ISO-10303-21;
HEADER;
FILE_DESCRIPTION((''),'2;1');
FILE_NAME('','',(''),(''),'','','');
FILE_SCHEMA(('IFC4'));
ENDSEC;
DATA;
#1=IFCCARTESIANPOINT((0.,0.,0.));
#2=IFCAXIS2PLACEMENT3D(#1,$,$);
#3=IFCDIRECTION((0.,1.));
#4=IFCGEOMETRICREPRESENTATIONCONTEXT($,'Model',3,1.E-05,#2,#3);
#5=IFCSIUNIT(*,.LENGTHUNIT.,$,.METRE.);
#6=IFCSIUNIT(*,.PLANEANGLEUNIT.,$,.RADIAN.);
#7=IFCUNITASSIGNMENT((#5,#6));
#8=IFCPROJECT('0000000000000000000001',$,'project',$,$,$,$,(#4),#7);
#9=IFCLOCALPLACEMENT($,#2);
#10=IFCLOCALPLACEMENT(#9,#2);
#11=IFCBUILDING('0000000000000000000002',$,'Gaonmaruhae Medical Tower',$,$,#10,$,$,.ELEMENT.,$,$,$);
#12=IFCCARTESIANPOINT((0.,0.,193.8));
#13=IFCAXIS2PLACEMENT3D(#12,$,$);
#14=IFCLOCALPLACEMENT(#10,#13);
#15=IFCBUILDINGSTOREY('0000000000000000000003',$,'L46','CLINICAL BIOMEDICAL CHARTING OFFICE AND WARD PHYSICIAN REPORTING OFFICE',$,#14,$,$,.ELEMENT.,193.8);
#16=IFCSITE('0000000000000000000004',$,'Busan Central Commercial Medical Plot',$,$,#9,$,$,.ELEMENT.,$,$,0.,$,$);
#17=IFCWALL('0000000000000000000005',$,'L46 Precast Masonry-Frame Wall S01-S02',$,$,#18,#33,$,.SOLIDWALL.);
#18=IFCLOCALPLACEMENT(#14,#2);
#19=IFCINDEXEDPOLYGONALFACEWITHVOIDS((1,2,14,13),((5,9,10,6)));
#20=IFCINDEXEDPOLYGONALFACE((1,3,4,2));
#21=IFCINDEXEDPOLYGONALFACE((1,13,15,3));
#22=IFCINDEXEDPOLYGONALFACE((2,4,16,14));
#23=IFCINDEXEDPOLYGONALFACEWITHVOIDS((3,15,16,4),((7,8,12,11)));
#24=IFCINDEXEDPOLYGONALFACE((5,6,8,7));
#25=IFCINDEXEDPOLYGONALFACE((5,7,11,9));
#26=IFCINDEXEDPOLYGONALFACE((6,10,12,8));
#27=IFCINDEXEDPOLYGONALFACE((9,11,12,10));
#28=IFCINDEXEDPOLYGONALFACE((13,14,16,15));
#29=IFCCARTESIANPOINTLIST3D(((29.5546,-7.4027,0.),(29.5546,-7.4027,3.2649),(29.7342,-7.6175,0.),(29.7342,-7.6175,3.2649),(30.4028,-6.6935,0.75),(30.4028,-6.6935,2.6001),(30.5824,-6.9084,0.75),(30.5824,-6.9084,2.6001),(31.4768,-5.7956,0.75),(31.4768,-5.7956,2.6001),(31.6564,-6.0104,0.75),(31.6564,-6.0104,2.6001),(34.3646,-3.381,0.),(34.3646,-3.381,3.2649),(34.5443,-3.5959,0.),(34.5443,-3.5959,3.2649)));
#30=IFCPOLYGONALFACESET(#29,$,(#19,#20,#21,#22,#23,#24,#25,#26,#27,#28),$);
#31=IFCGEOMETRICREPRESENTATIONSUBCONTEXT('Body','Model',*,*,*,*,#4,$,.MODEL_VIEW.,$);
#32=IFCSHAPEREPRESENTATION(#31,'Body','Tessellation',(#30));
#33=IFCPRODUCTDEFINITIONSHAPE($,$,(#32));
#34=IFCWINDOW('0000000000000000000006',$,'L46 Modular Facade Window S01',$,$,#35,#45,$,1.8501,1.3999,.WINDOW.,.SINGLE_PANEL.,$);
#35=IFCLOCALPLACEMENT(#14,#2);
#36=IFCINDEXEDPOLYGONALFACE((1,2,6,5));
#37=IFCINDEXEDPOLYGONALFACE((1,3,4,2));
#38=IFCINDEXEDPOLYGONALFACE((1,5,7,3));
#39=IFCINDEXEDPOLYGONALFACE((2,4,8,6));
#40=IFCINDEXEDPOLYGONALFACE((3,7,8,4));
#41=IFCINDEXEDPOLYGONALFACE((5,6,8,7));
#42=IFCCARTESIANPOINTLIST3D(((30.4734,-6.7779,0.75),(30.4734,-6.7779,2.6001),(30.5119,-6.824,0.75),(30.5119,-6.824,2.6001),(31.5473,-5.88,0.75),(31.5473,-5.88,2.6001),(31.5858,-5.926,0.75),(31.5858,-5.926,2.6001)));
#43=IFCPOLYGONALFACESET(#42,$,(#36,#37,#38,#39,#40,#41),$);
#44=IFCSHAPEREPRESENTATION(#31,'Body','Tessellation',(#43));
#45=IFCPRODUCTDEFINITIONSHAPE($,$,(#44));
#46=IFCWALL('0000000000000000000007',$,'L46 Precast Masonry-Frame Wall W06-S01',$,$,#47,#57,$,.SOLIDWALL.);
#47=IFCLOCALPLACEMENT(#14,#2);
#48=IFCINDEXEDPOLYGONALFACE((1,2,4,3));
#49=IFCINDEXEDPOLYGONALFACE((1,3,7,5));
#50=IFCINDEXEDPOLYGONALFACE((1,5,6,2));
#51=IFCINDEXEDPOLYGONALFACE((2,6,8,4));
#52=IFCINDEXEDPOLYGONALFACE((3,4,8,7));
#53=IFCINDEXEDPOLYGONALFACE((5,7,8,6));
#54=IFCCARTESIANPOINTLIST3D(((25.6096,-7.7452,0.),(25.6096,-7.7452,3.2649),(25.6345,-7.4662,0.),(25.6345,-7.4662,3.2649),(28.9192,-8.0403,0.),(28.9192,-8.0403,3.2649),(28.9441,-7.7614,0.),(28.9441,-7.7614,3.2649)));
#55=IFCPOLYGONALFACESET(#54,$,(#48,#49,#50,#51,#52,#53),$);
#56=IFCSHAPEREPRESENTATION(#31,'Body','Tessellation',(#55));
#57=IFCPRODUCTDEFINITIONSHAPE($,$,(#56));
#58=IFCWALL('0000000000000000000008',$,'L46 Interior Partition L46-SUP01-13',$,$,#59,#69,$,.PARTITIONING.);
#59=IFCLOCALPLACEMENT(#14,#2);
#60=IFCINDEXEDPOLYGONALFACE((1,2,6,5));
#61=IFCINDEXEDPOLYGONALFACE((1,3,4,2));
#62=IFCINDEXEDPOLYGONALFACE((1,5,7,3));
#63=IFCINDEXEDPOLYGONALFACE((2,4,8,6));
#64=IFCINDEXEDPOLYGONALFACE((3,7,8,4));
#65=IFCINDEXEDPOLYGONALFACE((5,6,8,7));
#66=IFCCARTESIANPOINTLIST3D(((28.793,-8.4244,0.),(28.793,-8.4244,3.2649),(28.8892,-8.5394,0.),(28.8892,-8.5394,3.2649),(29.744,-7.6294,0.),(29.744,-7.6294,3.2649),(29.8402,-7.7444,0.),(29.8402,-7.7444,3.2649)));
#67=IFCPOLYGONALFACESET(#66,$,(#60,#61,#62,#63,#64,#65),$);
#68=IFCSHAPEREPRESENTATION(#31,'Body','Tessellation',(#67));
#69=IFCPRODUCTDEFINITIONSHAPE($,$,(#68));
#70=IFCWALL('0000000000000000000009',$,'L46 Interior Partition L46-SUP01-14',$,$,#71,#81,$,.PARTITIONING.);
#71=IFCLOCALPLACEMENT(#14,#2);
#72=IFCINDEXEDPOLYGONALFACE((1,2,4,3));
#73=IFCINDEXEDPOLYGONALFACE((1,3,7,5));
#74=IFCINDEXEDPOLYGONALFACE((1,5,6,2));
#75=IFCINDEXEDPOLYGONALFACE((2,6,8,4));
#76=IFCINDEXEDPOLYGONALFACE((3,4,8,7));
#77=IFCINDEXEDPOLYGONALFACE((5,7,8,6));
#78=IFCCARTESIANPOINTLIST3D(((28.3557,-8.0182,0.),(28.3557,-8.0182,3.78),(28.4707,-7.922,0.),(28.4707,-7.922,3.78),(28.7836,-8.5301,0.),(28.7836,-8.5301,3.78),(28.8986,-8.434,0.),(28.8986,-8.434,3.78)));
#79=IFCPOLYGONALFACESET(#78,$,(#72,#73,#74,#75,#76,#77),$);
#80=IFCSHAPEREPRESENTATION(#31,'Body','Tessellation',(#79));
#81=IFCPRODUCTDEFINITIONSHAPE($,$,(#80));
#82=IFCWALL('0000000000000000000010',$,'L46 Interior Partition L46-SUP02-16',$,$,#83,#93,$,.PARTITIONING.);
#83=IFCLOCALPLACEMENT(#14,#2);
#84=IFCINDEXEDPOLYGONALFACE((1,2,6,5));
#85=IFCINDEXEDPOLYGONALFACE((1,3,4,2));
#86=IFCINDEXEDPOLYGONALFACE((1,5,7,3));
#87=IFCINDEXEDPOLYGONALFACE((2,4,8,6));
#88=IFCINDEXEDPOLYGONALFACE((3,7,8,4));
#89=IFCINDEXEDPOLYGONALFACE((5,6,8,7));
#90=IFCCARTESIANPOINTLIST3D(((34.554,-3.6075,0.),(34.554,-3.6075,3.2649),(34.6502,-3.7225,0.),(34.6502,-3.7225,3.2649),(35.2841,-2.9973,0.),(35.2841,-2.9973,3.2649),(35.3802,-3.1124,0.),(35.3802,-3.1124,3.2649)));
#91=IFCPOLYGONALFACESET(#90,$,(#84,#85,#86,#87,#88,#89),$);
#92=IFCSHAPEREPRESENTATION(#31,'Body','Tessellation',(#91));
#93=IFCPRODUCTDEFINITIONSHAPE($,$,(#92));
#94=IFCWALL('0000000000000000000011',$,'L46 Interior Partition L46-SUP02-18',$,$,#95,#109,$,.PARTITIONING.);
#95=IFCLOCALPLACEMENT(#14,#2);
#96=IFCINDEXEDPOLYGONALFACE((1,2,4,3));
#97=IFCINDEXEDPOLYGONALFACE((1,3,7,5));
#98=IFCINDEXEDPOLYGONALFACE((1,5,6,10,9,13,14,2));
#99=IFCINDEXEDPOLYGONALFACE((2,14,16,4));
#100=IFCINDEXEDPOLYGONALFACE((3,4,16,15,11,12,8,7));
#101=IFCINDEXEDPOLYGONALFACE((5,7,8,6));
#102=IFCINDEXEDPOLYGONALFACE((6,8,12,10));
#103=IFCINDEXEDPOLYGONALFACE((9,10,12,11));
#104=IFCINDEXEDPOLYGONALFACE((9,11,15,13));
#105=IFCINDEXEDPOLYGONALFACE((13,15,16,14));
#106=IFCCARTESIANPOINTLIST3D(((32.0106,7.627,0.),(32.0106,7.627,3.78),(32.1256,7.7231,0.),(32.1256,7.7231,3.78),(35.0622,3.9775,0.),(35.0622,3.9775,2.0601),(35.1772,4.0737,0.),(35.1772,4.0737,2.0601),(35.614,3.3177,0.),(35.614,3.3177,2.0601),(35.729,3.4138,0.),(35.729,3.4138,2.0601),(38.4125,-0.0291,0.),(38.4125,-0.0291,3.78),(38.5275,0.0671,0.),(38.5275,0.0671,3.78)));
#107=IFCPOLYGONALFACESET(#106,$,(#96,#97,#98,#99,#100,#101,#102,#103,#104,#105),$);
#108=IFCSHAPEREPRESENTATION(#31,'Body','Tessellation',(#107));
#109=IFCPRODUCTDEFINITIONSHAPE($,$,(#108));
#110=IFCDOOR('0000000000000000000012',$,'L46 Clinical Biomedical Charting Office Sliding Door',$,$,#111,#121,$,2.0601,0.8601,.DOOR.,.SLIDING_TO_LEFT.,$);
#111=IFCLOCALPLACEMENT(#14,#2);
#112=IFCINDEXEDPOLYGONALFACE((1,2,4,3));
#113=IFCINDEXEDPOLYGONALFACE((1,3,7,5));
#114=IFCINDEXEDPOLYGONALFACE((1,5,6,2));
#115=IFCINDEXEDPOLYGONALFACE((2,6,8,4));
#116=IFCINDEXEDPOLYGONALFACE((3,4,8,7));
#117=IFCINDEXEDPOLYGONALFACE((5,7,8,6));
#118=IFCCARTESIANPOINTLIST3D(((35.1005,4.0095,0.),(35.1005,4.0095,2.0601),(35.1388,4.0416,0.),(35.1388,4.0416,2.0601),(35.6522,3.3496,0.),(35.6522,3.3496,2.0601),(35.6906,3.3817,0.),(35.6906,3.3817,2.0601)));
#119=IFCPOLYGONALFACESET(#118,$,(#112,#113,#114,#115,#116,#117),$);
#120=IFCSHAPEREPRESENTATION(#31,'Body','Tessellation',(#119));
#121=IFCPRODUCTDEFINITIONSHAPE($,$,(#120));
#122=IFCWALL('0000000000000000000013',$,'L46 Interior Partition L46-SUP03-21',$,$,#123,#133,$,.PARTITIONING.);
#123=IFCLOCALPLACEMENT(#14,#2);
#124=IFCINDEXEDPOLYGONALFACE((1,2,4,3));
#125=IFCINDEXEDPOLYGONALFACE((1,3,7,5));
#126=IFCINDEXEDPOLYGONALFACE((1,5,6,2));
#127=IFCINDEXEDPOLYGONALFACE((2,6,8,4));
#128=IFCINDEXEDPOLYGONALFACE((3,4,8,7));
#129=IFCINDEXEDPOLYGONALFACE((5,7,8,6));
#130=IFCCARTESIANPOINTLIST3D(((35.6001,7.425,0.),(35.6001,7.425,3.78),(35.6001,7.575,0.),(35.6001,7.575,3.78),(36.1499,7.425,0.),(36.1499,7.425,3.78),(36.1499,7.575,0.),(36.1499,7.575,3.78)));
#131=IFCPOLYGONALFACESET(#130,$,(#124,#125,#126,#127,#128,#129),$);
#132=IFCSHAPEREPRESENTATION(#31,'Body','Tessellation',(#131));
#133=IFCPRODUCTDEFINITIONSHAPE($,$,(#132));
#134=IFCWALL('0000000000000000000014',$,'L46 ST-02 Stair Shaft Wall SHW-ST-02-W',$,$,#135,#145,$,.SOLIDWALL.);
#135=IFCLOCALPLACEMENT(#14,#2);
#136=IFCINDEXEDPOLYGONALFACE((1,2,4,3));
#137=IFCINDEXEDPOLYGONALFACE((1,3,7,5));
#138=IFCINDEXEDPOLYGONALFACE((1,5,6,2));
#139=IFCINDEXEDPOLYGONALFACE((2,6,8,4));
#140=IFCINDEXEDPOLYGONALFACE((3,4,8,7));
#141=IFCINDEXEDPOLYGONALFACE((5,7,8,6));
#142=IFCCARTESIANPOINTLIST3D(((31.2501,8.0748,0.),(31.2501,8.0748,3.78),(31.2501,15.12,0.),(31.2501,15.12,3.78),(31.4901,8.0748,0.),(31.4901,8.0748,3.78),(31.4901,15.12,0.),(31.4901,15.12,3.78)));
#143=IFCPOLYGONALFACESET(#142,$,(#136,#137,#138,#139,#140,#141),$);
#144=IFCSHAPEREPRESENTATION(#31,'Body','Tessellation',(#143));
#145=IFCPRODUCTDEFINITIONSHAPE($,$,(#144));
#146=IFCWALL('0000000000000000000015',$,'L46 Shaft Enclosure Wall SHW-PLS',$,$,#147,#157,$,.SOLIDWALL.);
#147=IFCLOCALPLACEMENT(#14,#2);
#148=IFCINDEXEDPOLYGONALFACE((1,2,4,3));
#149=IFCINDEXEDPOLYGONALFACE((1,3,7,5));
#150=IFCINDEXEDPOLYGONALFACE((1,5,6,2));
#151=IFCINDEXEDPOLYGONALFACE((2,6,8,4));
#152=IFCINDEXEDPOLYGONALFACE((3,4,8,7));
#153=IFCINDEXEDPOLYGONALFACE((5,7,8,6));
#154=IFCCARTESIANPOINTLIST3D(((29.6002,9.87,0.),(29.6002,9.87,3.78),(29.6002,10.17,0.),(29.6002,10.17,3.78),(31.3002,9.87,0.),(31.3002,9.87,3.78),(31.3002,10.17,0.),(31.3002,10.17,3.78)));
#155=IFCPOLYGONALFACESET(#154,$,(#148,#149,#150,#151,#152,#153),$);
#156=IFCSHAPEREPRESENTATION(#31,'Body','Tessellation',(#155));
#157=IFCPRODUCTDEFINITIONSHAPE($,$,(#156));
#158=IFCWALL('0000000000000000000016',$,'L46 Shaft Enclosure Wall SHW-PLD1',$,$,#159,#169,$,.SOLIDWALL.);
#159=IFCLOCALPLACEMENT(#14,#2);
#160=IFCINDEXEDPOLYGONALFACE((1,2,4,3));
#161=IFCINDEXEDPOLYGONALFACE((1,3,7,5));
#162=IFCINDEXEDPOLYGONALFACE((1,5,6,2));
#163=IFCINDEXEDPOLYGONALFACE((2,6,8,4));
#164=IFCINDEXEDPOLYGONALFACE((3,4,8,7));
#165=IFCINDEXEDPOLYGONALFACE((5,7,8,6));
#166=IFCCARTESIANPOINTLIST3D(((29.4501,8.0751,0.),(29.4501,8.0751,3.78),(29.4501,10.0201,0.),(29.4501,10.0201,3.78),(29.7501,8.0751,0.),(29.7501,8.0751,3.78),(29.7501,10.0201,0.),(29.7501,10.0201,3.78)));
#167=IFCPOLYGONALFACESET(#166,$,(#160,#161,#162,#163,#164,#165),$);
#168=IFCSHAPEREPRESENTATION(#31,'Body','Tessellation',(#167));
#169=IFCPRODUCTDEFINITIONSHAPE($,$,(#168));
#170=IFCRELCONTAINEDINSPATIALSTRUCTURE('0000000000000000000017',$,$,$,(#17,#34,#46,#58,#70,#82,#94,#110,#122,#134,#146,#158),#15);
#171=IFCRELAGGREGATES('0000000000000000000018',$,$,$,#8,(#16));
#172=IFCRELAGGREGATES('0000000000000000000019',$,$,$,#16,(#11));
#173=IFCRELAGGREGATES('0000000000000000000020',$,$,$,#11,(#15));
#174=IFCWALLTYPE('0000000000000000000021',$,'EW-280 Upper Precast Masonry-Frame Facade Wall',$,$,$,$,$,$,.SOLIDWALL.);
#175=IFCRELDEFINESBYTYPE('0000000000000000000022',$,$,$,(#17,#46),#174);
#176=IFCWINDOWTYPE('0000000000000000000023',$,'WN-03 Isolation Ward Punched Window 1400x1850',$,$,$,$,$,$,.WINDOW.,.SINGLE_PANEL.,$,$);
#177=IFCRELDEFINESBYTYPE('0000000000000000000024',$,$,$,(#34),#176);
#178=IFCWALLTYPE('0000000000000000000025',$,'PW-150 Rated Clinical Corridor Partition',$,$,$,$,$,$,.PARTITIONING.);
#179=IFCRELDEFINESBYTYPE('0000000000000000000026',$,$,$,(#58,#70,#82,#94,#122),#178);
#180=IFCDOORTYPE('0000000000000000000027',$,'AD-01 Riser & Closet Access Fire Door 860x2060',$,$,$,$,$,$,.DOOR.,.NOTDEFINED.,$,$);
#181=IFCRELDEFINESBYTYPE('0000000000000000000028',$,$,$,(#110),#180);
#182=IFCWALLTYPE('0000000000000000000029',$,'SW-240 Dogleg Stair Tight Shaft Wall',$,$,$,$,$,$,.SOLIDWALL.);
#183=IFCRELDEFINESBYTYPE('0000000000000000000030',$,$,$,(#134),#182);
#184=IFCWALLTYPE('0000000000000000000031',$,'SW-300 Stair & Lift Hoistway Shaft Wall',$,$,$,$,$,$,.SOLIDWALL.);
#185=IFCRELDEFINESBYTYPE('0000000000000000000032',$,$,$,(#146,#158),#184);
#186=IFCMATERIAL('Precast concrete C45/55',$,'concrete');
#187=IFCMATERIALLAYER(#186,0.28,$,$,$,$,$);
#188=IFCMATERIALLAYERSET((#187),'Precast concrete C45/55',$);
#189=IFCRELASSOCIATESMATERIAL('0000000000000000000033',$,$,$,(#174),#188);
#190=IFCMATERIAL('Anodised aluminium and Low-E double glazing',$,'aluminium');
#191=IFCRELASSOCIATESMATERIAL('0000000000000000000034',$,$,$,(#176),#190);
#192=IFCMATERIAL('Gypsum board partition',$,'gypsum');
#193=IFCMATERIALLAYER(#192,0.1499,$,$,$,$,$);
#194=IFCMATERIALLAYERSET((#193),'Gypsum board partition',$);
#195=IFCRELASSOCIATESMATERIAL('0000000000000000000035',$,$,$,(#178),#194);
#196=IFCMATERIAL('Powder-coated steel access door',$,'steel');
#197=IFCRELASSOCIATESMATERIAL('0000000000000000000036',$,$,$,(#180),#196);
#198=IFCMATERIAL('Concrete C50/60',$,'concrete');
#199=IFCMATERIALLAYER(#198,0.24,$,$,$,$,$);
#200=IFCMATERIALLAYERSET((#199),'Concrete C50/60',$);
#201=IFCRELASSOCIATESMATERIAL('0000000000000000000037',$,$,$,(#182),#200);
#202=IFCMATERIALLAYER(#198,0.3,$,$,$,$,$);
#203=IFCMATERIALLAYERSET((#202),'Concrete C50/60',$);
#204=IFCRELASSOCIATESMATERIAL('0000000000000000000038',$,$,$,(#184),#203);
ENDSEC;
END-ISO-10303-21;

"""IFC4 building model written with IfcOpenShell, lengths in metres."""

from ifc_helpers import new_model, si_unit, direction, frame, frame_2d, origin, place, context, subcontext, project, spatial, rectangle, extrude, material, layer, layer_set, type_object, element, fill, save


model = new_model("IFC4")

# Units and contexts
model_context = context("Model", 3, precision=1e-05, world=origin(), true_north=direction((0.0, 1.0)))
body_context = subcontext(model_context, "Body", "Model", "MODEL_VIEW")
ifc_project = project(units=[si_unit("LENGTHUNIT", "METRE"), si_unit("PLANEANGLEUNIT", "RADIAN")], contexts=[model_context])

# Site, building, storey
site_placement = place(None, origin())
site = spatial("IfcSite", under=ifc_project, at=site_placement, Name="Busan Central Commercial Medical Plot", CompositionType="ELEMENT", RefElevation=0.0)
building_placement = place(site_placement, origin())
building = spatial("IfcBuilding", under=site, at=building_placement, Name="Gaonmaruhae Medical Tower", CompositionType="ELEMENT")
storey_placement = place(building_placement, frame((0.0, 0.0, 193.8)))
storey = spatial("IfcBuildingStorey", under=building, at=storey_placement, Name="L46", Description="CLINICAL BIOMEDICAL CHARTING OFFICE AND WARD PHYSICIAN REPORTING OFFICE", CompositionType="ELEMENT", Elevation=193.8)

# Shared definitions
ifc_material_1 = material(Name="Concrete C50/60", Category="concrete")

# Wall, opening, window
ifc_material_2 = material(Name="Precast concrete C45/55", Category="concrete")
ifc_layer_1 = layer(ifc_material_2, 0.28)
ifc_layer_set_1 = layer_set([ifc_layer_1], Name="Precast concrete C45/55")
wall_type_1 = type_object("IfcWallType", Name="EW-280 Upper Precast Masonry-Frame Facade Wall", PredefinedType="SOLIDWALL", material=ifc_layer_set_1)
wall_1_placement = place(storey_placement, frame((34.4543, -3.4885, 0.0), z_axis=(0.0, 0.0, 1.0), x_axis=(-0.767173, -0.64144, 0.0)))
wall_1 = element("IfcWall", 1, at=wall_1_placement, inside=storey, type_object=wall_type_1, Name="L46 Precast Masonry-Frame Wall S01-S02", PredefinedType="SOLIDWALL", context=body_context, shape_type="SweptSolid", body=[
    extrude(rectangle(XDim=6.2698, YDim=0.28, at=frame_2d((3.1348, 0.0))), origin(), (0.0, 0.0, 1.0), 3.2649),
])
opening_1_placement = place(wall_1_placement, frame((3.7642, 0.0, 0.75)))
opening_1 = element("IfcOpeningElement", 2, at=opening_1_placement, cuts=wall_1, PredefinedType="OPENING", context=body_context, shape_type="SweptSolid", body=[
    extrude(rectangle(XDim=1.3999, YDim=1.8501, at=frame_2d((0.7, 0.925))), frame((0.0, 0.1499, 0.0), z_axis=(0.0, -1.0, 0.0), x_axis=(1.0, 0.0, 0.0)), (0.0, 0.0, 1.0), 0.3),
])
ifc_material_3 = material(Name="Anodised aluminium and Low-E double glazing", Category="aluminium")
window_type = type_object("IfcWindowType", Name="WN-03 Isolation Ward Punched Window 1400x1850", PartitioningType="SINGLE_PANEL", PredefinedType="WINDOW", material=ifc_material_3)
window_placement = place(opening_1_placement, origin())
window = element("IfcWindow", 3, at=window_placement, inside=storey, type_object=window_type, Name="L46 Modular Facade Window S01", OverallHeight=1.8501, OverallWidth=1.3999, PartitioningType="SINGLE_PANEL", PredefinedType="WINDOW", context=body_context, shape_type="SweptSolid", body=[
    extrude(rectangle(XDim=1.3999, YDim=1.8501, at=frame_2d((0.7, 0.925))), frame((0.0, 0.03, 0.0), z_axis=(0.0, -1.0, 0.0), x_axis=(1.0, 0.0, 0.0)), (0.0, 0.0, 1.0), 0.0601),
])
fill(opening_1, window)

# Walls
wall_2_placement = place(storey_placement, frame((28.9316, -7.9009, 0.0), z_axis=(0.0, 0.0, 1.0), x_axis=(-0.996047, 0.088833, 0.0)))
element("IfcWall", 4, at=wall_2_placement, inside=storey, type_object=wall_type_1, Name="L46 Precast Masonry-Frame Wall W06-S01", PredefinedType="SOLIDWALL", context=body_context, shape_type="SweptSolid", body=[
    extrude(rectangle(XDim=3.3228, YDim=0.28, at=frame_2d((1.6614, 0.0))), origin(), (0.0, 0.0, 1.0), 3.2649),
])
ifc_material_4 = material(Name="Gypsum board partition", Category="gypsum")
ifc_layer_2 = layer(ifc_material_4, 0.1499)
ifc_layer_set_2 = layer_set([ifc_layer_2], Name="Gypsum board partition")
wall_type_2 = type_object("IfcWallType", Name="PW-150 Rated Clinical Corridor Partition", PredefinedType="PARTITIONING", material=ifc_layer_set_2)
wall_3_placement = place(storey_placement, frame((29.792, -7.687, 0.0), z_axis=(0.0, 0.0, 1.0), x_axis=(-0.767235, -0.641366, 0.0)))
element("IfcWall", 5, at=wall_3_placement, inside=storey, type_object=wall_type_2, Name="L46 Interior Partition L46-SUP01-13", PredefinedType="PARTITIONING", context=body_context, shape_type="SweptSolid", body=[
    extrude(rectangle(XDim=1.2395, YDim=0.1499, at=frame_2d((0.6196, 0.0))), origin(), (0.0, 0.0, 1.0), 3.2649),
])
wall_4_placement = place(storey_placement, frame((28.8411, -8.4819, 0.0), z_axis=(0.0, 0.0, 1.0), x_axis=(-0.641371, 0.767231, 0.0)))
element("IfcWall", 6, at=wall_4_placement, inside=storey, type_object=wall_type_2, Name="L46 Interior Partition L46-SUP01-14", PredefinedType="PARTITIONING", context=body_context, shape_type="SweptSolid", body=[
    extrude(rectangle(XDim=0.6672, YDim=0.1499, at=frame_2d((0.3335, 0.0))), origin(), (0.0, 0.0, 1.0), 3.78),
])
wall_5_placement = place(storey_placement, frame((35.332, -3.0549, 0.0), z_axis=(0.0, 0.0, 1.0), x_axis=(-0.767295, -0.641294, 0.0)))
element("IfcWall", 7, at=wall_5_placement, inside=storey, type_object=wall_type_2, Name="L46 Interior Partition L46-SUP02-16", PredefinedType="PARTITIONING", context=body_context, shape_type="SweptSolid", body=[
    extrude(rectangle(XDim=0.9514, YDim=0.1499, at=frame_2d((0.4756, 0.0))), origin(), (0.0, 0.0, 1.0), 3.2649),
])

# Wall, opening, door
wall_6_placement = place(storey_placement, frame((32.0681, 7.675, 0.0), z_axis=(0.0, 0.0, 1.0), x_axis=(0.641476, -0.767143, 0.0)))
wall_6 = element("IfcWall", 8, at=wall_6_placement, inside=storey, type_object=wall_type_2, Name="L46 Interior Partition L46-SUP02-18", PredefinedType="PARTITIONING", context=body_context, shape_type="SweptSolid", body=[
    extrude(rectangle(XDim=9.98, YDim=0.1499, at=frame_2d((4.99, 0.0))), origin(), (0.0, 0.0, 1.0), 3.78),
])
opening_2_placement = place(wall_6_placement, frame((4.7571, 0.0, 0.0)))
opening_2 = element("IfcOpeningElement", 9, at=opening_2_placement, cuts=wall_6, PredefinedType="OPENING", context=body_context, shape_type="SweptSolid", body=[
    extrude(rectangle(XDim=0.8601, YDim=2.0601, at=frame_2d((0.4302, 1.03))), frame((0.0, 0.085, 0.0), z_axis=(0.0, -1.0, 0.0), x_axis=(1.0, 0.0, 0.0)), (0.0, 0.0, 1.0), 0.1699),
])
ifc_material_5 = material(Name="Powder-coated steel access door", Category="steel")
door_type = type_object("IfcDoorType", Name="AD-01 Riser & Closet Access Fire Door 860x2060", OperationType="NOTDEFINED", PredefinedType="DOOR", material=ifc_material_5)
door_placement = place(opening_2_placement, origin())
door = element("IfcDoor", 10, at=door_placement, inside=storey, type_object=door_type, Name="L46 Clinical Biomedical Charting Office Sliding Door", OperationType="SLIDING_TO_LEFT", OverallHeight=2.0601, OverallWidth=0.8601, PredefinedType="DOOR", context=body_context, shape_type="SweptSolid", body=[
    extrude(rectangle(XDim=0.8601, YDim=2.0601, at=frame_2d((0.4302, 1.03))), frame((0.0, 0.0249, 0.0), z_axis=(0.0, -1.0, 0.0), x_axis=(1.0, 0.0, 0.0)), (0.0, 0.0, 1.0), 0.05),
])
fill(opening_2, door)

# Walls
wall_7_placement = place(storey_placement, frame((35.6001, 7.5, 0.0), z_axis=(0.0, 0.0, 1.0), x_axis=(1.0, 0.0, 0.0)))
element("IfcWall", 11, at=wall_7_placement, inside=storey, type_object=wall_type_2, Name="L46 Interior Partition L46-SUP03-21", PredefinedType="PARTITIONING", context=body_context, shape_type="SweptSolid", body=[
    extrude(rectangle(XDim=0.5498, YDim=0.1499, at=frame_2d((0.2749, 0.0))), origin(), (0.0, 0.0, 1.0), 3.78),
])
ifc_layer_3 = layer(ifc_material_1, 0.24)
ifc_layer_set_3 = layer_set([ifc_layer_3], Name="Concrete C50/60")
wall_type_3 = type_object("IfcWallType", Name="SW-240 Dogleg Stair Tight Shaft Wall", PredefinedType="SOLIDWALL", material=ifc_layer_set_3)
wall_8_placement = place(storey_placement, frame((31.3701, 8.075, 0.0), z_axis=(0.0, 0.0, 1.0), x_axis=(0.0, 1.0, 0.0)))
element("IfcWall", 12, at=wall_8_placement, inside=storey, type_object=wall_type_3, Name="L46 ST-02 Stair Shaft Wall SHW-ST-02-W", PredefinedType="SOLIDWALL", context=body_context, shape_type="SweptSolid", body=[
    extrude(rectangle(XDim=7.0452, YDim=0.24, at=frame_2d((3.5225, 0.0))), origin(), (0.0, 0.0, 1.0), 3.78),
])
ifc_layer_4 = layer(ifc_material_1, 0.3)
ifc_layer_set_4 = layer_set([ifc_layer_4], Name="Concrete C50/60")
wall_type_4 = type_object("IfcWallType", Name="SW-300 Stair & Lift Hoistway Shaft Wall", PredefinedType="SOLIDWALL", material=ifc_layer_set_4)
wall_9_placement = place(storey_placement, frame((29.6001, 10.02, 0.0), z_axis=(0.0, 0.0, 1.0), x_axis=(1.0, 0.0, 0.0)))
element("IfcWall", 13, at=wall_9_placement, inside=storey, type_object=wall_type_4, Name="L46 Shaft Enclosure Wall SHW-PLS", PredefinedType="SOLIDWALL", context=body_context, shape_type="SweptSolid", body=[
    extrude(rectangle(XDim=1.7, YDim=0.3, at=frame_2d((0.8501, 0.0))), origin(), (0.0, 0.0, 1.0), 3.78),
])
wall_10_placement = place(storey_placement, frame((29.6001, 8.075, 0.0), z_axis=(0.0, 0.0, 1.0), x_axis=(0.0, 1.0, 0.0)))
element("IfcWall", 14, at=wall_10_placement, inside=storey, type_object=wall_type_4, Name="L46 Shaft Enclosure Wall SHW-PLD1", PredefinedType="SOLIDWALL", context=body_context, shape_type="SweptSolid", body=[
    extrude(rectangle(XDim=1.9451, YDim=0.3, at=frame_2d((0.9727, 0.0))), origin(), (0.0, 0.0, 1.0), 3.78),
])

save(model, "model.ifc")
